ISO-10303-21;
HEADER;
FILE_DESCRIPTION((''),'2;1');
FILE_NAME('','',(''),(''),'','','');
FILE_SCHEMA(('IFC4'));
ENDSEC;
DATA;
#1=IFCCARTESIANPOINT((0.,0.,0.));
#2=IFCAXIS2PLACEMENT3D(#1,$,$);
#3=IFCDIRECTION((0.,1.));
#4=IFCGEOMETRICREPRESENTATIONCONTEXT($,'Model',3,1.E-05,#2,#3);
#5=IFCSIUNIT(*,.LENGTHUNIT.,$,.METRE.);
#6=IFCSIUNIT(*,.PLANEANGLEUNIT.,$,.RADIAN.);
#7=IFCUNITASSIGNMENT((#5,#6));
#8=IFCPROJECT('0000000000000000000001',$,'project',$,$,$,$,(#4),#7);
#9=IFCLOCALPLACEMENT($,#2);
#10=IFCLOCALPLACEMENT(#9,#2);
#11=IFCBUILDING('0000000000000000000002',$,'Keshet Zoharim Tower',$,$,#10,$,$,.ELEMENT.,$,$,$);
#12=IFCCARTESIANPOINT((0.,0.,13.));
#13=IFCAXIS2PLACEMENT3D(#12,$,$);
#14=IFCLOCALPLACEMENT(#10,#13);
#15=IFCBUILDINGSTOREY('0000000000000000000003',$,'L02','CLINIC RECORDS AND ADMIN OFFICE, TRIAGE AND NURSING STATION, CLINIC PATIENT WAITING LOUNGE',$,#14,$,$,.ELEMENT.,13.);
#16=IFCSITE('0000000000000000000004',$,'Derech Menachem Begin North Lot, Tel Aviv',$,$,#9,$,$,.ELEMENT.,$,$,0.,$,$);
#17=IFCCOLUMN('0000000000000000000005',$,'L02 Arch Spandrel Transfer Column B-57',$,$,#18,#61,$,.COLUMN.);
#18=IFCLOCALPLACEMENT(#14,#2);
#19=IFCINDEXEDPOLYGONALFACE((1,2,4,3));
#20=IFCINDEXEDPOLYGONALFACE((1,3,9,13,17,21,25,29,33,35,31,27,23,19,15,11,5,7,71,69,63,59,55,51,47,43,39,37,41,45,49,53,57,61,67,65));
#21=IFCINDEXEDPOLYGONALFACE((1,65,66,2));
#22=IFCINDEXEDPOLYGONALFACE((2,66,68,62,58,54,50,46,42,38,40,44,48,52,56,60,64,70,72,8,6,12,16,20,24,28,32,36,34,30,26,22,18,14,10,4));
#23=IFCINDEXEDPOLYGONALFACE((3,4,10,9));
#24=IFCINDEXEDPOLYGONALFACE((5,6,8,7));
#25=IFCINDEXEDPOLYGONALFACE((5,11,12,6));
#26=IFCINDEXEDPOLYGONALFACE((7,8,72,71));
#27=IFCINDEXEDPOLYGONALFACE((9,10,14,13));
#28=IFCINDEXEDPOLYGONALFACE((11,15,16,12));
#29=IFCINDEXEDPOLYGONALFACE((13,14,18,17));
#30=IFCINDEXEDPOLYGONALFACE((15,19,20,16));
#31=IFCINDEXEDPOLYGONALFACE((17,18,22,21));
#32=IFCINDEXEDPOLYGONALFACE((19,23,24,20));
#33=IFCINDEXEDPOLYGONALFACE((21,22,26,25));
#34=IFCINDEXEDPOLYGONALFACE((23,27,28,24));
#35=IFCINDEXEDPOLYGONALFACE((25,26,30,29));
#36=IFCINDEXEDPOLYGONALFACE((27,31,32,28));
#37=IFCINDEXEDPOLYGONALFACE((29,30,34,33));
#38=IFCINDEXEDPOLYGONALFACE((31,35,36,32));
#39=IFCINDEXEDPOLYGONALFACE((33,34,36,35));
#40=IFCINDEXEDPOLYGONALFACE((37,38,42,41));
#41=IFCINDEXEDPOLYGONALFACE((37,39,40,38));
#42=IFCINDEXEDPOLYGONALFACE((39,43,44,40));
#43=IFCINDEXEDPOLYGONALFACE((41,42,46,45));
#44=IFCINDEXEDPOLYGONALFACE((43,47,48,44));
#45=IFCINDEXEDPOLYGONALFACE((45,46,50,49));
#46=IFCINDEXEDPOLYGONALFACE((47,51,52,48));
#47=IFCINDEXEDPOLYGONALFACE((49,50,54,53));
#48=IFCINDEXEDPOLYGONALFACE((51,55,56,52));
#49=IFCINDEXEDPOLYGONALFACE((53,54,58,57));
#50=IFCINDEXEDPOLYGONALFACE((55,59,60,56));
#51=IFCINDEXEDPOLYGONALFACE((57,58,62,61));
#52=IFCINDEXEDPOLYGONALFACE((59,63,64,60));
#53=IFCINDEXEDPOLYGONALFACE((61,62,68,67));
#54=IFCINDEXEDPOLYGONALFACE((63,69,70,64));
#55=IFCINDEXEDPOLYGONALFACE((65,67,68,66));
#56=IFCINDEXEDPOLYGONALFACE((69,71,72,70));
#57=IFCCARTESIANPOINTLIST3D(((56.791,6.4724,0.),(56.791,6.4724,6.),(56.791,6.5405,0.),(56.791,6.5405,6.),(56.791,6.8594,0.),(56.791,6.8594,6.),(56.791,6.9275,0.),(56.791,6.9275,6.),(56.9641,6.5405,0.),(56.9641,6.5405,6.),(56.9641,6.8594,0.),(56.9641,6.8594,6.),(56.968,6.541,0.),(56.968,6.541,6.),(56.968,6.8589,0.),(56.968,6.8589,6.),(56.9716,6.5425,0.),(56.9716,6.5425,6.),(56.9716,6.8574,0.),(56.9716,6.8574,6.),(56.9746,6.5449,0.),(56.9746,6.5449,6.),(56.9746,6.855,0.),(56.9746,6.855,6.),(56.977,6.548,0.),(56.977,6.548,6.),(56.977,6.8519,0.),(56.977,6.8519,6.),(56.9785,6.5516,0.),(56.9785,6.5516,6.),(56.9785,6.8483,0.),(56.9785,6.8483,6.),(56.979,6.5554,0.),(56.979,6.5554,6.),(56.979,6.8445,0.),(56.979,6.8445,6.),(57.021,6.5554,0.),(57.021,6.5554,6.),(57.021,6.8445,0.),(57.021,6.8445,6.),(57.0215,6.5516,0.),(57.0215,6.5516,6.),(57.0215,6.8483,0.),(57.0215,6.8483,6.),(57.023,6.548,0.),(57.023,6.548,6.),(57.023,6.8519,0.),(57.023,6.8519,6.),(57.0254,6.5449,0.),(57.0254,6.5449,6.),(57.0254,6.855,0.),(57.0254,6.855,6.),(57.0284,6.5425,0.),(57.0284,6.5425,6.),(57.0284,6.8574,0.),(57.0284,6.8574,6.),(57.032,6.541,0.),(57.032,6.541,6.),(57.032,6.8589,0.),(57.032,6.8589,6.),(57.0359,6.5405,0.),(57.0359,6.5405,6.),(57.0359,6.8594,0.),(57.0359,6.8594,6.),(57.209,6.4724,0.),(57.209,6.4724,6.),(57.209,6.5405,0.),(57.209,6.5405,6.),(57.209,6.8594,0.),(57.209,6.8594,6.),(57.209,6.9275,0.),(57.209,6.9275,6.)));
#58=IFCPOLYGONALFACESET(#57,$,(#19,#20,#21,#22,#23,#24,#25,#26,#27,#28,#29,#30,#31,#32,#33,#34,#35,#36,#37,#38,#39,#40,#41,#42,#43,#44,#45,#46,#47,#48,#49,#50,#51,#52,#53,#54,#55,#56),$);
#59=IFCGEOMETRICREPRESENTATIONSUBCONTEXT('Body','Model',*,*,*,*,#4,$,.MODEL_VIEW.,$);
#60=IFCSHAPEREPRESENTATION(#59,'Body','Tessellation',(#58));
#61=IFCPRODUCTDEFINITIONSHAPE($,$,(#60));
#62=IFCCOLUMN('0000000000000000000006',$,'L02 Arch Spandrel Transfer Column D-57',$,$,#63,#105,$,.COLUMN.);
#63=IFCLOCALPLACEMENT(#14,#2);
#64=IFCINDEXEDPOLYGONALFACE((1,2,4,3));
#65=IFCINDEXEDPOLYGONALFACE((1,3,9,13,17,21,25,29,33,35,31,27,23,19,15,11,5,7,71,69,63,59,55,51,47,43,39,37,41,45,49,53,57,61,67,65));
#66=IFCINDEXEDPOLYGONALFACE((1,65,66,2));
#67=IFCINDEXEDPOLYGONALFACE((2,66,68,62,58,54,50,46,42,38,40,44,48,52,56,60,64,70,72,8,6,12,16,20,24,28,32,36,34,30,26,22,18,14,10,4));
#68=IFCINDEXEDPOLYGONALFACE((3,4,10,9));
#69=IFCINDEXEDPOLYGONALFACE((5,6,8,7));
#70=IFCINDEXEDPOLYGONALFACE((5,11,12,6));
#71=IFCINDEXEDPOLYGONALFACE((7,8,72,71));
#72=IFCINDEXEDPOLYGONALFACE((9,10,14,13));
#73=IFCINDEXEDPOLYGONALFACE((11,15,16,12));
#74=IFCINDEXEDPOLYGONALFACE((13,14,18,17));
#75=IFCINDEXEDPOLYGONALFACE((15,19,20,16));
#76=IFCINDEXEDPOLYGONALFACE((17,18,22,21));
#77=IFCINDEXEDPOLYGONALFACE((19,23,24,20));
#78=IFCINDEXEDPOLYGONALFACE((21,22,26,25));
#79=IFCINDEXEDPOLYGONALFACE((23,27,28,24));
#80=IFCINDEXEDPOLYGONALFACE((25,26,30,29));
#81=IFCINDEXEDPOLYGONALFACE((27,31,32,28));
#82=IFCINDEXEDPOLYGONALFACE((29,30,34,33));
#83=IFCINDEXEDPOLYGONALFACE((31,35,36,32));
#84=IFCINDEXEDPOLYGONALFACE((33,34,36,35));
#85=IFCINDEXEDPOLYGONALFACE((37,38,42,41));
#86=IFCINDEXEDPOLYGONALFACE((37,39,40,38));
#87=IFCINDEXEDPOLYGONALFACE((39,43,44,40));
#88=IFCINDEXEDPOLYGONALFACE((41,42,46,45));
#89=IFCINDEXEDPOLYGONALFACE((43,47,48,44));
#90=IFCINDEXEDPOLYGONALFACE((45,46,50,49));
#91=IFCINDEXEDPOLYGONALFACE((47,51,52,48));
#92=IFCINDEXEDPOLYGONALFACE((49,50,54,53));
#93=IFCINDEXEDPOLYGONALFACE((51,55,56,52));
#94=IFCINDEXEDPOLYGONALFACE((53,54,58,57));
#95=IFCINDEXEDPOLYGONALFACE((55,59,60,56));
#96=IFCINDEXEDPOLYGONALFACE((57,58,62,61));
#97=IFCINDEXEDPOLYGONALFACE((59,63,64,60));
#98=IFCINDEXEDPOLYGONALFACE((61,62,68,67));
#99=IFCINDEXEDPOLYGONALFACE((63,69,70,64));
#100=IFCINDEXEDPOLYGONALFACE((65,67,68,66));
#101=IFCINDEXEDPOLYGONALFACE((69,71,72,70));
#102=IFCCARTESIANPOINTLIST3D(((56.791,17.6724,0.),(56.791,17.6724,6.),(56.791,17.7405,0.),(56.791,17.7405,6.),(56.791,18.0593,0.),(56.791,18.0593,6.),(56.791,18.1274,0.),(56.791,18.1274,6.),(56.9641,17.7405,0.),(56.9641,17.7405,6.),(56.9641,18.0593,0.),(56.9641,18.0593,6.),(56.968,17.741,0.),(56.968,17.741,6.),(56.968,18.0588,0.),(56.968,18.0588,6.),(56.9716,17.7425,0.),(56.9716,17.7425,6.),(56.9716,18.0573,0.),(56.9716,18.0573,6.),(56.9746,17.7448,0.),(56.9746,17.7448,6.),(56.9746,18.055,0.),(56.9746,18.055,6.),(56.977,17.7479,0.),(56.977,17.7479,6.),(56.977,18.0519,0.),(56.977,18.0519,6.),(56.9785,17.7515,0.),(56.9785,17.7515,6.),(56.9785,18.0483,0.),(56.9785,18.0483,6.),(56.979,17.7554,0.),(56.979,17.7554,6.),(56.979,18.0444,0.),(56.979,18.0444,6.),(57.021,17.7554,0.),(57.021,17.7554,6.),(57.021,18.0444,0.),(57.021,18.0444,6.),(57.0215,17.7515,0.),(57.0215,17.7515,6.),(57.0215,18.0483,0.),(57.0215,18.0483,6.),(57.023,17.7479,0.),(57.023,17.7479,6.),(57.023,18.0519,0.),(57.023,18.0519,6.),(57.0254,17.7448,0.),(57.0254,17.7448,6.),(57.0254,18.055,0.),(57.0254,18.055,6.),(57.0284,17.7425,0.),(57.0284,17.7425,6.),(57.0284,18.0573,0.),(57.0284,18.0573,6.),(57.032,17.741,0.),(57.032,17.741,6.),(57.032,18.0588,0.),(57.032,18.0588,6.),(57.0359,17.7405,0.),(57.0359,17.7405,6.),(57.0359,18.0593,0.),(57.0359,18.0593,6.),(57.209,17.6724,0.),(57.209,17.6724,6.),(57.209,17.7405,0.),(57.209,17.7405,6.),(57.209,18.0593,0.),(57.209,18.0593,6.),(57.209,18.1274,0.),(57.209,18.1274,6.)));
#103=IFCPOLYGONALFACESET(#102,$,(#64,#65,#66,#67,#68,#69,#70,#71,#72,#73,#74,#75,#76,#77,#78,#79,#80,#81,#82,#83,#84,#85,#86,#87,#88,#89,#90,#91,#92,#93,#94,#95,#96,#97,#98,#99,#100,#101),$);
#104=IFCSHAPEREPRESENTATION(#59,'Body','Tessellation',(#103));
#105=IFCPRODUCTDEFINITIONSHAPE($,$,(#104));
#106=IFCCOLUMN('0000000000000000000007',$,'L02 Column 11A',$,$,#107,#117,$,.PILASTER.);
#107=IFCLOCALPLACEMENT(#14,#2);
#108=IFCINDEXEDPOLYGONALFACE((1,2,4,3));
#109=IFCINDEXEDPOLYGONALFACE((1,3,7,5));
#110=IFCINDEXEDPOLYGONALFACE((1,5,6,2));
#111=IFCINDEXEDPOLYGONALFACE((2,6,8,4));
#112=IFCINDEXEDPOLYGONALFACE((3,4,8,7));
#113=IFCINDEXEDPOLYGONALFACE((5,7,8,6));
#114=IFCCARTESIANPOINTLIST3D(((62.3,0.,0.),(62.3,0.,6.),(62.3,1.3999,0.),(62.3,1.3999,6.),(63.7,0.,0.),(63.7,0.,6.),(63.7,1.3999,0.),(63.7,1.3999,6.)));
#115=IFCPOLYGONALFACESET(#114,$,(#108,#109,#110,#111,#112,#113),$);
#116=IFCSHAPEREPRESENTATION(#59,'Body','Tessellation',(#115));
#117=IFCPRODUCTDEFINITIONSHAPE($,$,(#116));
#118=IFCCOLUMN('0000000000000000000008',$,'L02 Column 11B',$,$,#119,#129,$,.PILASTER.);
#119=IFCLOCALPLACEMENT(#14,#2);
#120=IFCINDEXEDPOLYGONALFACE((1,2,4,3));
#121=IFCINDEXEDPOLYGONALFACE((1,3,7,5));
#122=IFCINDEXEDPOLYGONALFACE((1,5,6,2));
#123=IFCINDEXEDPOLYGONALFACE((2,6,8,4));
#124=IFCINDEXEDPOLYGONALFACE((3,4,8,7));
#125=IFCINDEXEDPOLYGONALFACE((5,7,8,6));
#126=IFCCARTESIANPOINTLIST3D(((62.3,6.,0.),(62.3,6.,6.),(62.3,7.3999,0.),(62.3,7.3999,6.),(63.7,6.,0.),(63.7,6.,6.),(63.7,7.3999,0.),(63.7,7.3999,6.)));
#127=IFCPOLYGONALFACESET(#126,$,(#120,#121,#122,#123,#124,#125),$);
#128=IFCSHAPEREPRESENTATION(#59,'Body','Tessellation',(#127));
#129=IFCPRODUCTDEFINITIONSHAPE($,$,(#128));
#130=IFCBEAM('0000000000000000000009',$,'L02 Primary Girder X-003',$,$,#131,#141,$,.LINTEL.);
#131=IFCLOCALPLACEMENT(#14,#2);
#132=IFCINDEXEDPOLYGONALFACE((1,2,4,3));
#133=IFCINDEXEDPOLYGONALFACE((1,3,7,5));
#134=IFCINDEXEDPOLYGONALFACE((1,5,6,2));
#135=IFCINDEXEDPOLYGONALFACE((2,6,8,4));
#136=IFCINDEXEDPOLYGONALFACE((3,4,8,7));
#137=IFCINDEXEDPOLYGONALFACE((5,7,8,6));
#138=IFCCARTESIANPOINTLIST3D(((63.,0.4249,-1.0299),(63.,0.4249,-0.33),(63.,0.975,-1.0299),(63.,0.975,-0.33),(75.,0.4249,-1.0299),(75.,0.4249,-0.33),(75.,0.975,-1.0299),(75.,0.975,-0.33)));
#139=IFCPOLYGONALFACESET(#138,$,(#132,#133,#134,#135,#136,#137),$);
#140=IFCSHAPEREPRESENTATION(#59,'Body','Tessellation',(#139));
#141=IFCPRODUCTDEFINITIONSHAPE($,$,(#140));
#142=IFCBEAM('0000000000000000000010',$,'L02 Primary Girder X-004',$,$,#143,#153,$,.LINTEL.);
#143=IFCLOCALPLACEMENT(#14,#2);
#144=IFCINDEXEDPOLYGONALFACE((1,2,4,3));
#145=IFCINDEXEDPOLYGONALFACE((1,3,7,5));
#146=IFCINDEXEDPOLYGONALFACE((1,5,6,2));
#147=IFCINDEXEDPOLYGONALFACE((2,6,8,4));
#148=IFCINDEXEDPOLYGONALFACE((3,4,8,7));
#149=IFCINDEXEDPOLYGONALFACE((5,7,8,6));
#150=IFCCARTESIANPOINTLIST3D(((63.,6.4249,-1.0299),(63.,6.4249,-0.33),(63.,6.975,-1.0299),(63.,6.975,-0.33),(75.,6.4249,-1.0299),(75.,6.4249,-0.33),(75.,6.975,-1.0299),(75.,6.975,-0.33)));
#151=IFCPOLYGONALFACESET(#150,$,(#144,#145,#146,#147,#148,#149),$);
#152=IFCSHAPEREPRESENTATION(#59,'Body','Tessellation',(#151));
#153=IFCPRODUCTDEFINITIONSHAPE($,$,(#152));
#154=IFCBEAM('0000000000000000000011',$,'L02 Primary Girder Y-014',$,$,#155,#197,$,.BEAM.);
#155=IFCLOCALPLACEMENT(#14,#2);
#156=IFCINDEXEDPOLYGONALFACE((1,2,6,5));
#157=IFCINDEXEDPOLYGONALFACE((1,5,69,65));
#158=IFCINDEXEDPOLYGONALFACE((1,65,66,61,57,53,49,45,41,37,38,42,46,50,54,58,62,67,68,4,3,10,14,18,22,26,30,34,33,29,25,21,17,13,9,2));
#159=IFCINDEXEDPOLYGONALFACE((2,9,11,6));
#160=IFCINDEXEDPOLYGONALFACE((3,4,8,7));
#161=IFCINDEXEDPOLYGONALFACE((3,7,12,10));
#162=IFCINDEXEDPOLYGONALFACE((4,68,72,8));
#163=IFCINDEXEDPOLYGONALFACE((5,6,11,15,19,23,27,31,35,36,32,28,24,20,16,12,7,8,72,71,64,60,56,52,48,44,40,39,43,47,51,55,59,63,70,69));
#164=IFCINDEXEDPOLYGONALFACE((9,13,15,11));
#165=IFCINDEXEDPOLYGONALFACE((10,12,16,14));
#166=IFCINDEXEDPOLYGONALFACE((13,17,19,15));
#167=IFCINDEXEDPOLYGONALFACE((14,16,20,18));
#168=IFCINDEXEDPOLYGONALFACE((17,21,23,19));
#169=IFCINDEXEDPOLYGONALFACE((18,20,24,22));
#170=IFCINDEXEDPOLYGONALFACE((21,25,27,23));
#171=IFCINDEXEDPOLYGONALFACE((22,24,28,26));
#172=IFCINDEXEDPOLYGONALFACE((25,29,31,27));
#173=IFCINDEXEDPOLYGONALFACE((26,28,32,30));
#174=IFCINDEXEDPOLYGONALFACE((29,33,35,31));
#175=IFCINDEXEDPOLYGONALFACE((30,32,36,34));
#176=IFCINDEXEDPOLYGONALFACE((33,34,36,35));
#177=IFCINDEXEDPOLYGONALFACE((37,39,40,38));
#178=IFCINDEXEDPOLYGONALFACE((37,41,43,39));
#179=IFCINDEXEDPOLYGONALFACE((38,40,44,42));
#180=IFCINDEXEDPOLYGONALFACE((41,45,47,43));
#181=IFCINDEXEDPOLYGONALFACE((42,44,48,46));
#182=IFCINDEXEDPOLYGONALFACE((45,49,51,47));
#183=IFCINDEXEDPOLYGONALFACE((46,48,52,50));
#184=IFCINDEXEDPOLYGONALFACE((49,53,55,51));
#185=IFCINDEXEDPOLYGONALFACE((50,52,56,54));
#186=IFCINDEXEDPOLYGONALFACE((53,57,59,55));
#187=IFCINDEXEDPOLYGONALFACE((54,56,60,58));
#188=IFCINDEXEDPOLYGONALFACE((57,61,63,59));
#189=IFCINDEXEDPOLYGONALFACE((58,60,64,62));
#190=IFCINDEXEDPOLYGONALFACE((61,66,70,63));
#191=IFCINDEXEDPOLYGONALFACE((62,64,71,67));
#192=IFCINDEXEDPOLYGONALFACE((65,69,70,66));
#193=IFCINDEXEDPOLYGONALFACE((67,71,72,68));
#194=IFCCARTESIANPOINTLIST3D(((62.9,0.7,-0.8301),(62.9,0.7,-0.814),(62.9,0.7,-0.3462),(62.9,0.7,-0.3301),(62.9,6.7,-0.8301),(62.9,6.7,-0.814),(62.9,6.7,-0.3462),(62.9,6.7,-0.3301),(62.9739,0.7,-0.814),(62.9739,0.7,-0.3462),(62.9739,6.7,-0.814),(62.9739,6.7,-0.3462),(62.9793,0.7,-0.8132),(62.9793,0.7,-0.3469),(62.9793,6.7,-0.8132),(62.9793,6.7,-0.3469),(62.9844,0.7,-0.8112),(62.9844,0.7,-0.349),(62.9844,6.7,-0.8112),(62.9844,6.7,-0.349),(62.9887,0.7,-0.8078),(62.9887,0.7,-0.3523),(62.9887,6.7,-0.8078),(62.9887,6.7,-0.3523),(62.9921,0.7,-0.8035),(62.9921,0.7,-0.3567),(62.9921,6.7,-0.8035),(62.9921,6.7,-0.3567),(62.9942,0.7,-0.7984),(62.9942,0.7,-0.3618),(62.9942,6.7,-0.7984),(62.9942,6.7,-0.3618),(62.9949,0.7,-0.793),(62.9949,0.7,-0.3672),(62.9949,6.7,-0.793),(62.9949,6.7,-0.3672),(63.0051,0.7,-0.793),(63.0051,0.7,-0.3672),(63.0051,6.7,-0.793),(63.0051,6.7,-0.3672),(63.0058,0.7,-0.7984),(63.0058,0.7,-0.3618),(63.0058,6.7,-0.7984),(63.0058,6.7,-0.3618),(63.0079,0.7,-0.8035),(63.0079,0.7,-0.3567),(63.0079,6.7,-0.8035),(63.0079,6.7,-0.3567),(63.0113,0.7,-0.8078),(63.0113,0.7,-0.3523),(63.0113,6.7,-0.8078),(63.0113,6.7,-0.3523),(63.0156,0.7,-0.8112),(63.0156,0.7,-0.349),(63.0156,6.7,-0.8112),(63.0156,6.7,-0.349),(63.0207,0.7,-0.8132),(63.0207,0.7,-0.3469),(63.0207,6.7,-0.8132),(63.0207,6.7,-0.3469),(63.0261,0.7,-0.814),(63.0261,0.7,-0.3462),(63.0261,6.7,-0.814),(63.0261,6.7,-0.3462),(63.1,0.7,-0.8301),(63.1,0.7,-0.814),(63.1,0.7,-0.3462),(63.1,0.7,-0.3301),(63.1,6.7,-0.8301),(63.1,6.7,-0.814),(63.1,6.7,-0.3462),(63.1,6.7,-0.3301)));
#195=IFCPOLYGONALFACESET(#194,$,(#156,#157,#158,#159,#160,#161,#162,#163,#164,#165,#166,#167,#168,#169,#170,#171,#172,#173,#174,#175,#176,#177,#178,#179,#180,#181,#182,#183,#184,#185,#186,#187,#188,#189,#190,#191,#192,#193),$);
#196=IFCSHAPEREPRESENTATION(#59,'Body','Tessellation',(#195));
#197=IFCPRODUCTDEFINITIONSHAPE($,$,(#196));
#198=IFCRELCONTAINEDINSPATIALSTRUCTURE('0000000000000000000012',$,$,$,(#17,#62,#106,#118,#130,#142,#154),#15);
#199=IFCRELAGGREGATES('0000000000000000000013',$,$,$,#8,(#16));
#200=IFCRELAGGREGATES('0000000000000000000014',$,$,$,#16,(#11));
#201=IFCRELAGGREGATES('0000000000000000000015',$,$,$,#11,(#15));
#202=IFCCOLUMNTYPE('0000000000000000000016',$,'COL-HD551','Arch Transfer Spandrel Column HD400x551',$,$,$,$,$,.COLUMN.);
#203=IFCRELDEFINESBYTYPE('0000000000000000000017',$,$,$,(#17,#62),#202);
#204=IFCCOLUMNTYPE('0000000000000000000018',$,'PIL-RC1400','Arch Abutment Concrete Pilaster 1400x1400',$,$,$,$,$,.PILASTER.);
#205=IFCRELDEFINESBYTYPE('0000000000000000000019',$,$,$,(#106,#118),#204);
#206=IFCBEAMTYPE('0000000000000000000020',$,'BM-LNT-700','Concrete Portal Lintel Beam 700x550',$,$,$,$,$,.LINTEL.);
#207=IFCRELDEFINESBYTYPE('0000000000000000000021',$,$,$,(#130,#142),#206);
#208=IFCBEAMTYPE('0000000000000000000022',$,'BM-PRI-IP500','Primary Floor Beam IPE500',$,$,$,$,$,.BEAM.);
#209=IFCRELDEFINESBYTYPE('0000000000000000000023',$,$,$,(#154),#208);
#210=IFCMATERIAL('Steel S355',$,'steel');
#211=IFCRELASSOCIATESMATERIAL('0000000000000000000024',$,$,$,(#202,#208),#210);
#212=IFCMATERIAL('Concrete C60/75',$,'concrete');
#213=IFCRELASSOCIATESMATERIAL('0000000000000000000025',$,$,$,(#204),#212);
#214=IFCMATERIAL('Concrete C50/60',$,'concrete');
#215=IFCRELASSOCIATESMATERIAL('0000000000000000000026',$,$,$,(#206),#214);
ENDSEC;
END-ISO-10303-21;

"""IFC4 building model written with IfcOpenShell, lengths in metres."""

from ifc_helpers import new_model, si_unit, direction, frame, origin, origin_2d, place, context, subcontext, project, spatial, rectangle, i_section, extrude, material, material_profile, profile_set, type_object, element, save


model = new_model("IFC4")

# Units and contexts
model_context = context("Model", 3, precision=1e-05, world=origin(), true_north=direction((0.0, 1.0)))
body_context = subcontext(model_context, "Body", "Model", "MODEL_VIEW")
ifc_project = project(units=[si_unit("LENGTHUNIT", "METRE"), si_unit("PLANEANGLEUNIT", "RADIAN")], contexts=[model_context])

# Site, building, storey
site_placement = place(None, origin())
site = spatial("IfcSite", under=ifc_project, at=site_placement, Name="Derech Menachem Begin North Lot, Tel Aviv", CompositionType="ELEMENT", RefElevation=0.0)
building_placement = place(site_placement, origin())
building = spatial("IfcBuilding", under=site, at=building_placement, Name="Keshet Zoharim Tower", CompositionType="ELEMENT")
storey_placement = place(building_placement, frame((0.0, 0.0, 13.0)))
storey = spatial("IfcBuildingStorey", under=building, at=storey_placement, Name="L02", Description="CLINIC RECORDS AND ADMIN OFFICE, TRIAGE AND NURSING STATION, CLINIC PATIENT WAITING LOUNGE", CompositionType="ELEMENT", Elevation=13.0)

# Columns
ifc_material_1 = material(Name="Steel S355", Category="steel")
ifc_material_profile_1 = material_profile(ifc_material_1, i_section(OverallWidth=0.418, OverallDepth=0.4551, WebThickness=0.042, FlangeThickness=0.0681, FilletRadius=0.0149, at=origin_2d()), Name="HD400x551")
ifc_profile_set_1 = profile_set([ifc_material_profile_1], Name="Steel S355")
column_type_1 = type_object("IfcColumnType", Name="COL-HD551", Description="Arch Transfer Spandrel Column HD400x551", PredefinedType="COLUMN", material=ifc_profile_set_1)
for number, where, z_axis, x_axis, name in (
    (1, (57.0, 6.7, 0.0), (0.0, 0.0, 1.0), (1.0, 0.0, 0.0), "L02 Arch Spandrel Transfer Column B-57"),
    (2, (57.0, 17.8999, 0.0), (0.0, 0.0, 1.0), (1.0, 0.0, 0.0), "L02 Arch Spandrel Transfer Column D-57"),
):
    element("IfcColumn", number, at=place(storey_placement, frame(where, z_axis=z_axis, x_axis=x_axis)), inside=storey, type_object=column_type_1, Name=name, PredefinedType="COLUMN", context=body_context, shape_type="SweptSolid", body=[
        extrude(i_section(OverallWidth=0.418, OverallDepth=0.4551, WebThickness=0.042, FlangeThickness=0.0681, FilletRadius=0.0149, at=origin_2d()), origin(), (0.0, 0.0, 1.0), 6.0),
    ])
ifc_material_2 = material(Name="Concrete C60/75", Category="concrete")
ifc_material_profile_2 = material_profile(ifc_material_2, rectangle(XDim=1.3999, YDim=1.3999, at=origin_2d()), Name="RC1400x1400")
ifc_profile_set_2 = profile_set([ifc_material_profile_2], Name="Concrete C60/75")
column_type_2 = type_object("IfcColumnType", Name="PIL-RC1400", Description="Arch Abutment Concrete Pilaster 1400x1400", PredefinedType="PILASTER", material=ifc_profile_set_2)
for number, where, z_axis, x_axis, name in (
    (3, (63.0, 0.7, 0.0), (0.0, 0.0, 1.0), (1.0, 0.0, 0.0), "L02 Column 11A"),
    (4, (63.0, 6.7, 0.0), (0.0, 0.0, 1.0), (1.0, 0.0, 0.0), "L02 Column 11B"),
):
    element("IfcColumn", number, at=place(storey_placement, frame(where, z_axis=z_axis, x_axis=x_axis)), inside=storey, type_object=column_type_2, Name=name, PredefinedType="PILASTER", context=body_context, shape_type="SweptSolid", body=[
        extrude(rectangle(XDim=1.3999, YDim=1.3999, at=origin_2d()), origin(), (0.0, 0.0, 1.0), 6.0),
    ])

# Beams
ifc_material_3 = material(Name="Concrete C50/60", Category="concrete")
ifc_material_profile_3 = material_profile(ifc_material_3, rectangle(XDim=0.55, YDim=0.7, at=origin_2d()), Name="RC700x550")
ifc_profile_set_3 = profile_set([ifc_material_profile_3], Name="Concrete C50/60")
beam_type_1 = type_object("IfcBeamType", Name="BM-LNT-700", Description="Concrete Portal Lintel Beam 700x550", PredefinedType="LINTEL", material=ifc_profile_set_3)
for number, where, z_axis, x_axis, name in (
    (5, (63.0, 0.7, -0.6799), (1.0, 0.0, 0.0), (0.0, 1.0, 0.0), "L02 Primary Girder X-003"),
    (6, (63.0, 6.7, -0.6799), (1.0, 0.0, 0.0), (0.0, 1.0, 0.0), "L02 Primary Girder X-004"),
):
    element("IfcBeam", number, at=place(storey_placement, frame(where, z_axis=z_axis, x_axis=x_axis)), inside=storey, type_object=beam_type_1, Name=name, PredefinedType="LINTEL", context=body_context, shape_type="SweptSolid", body=[
        extrude(rectangle(XDim=0.55, YDim=0.7, at=origin_2d()), origin(), (0.0, 0.0, 1.0), 12.0),
    ])
ifc_material_profile_4 = material_profile(ifc_material_1, i_section(OverallWidth=0.2, OverallDepth=0.5, WebThickness=0.0103, FlangeThickness=0.0161, FilletRadius=0.021, at=origin_2d()), Name="IPE500")
ifc_profile_set_4 = profile_set([ifc_material_profile_4], Name="Steel S355")
beam_type_2 = type_object("IfcBeamType", Name="BM-PRI-IP500", Description="Primary Floor Beam IPE500", PredefinedType="BEAM", material=ifc_profile_set_4)
for number, where, z_axis, x_axis, name in (
    (7, (63.0, 0.7, -0.5801), (0.0, 1.0, 0.0), (-1.0, 0.0, 0.0), "L02 Primary Girder Y-014"),
):
    element("IfcBeam", number, at=place(storey_placement, frame(where, z_axis=z_axis, x_axis=x_axis)), inside=storey, type_object=beam_type_2, Name=name, PredefinedType="BEAM", context=body_context, shape_type="SweptSolid", body=[
        extrude(i_section(OverallWidth=0.2, OverallDepth=0.5, WebThickness=0.0103, FlangeThickness=0.0161, FilletRadius=0.021, at=origin_2d()), origin(), (0.0, 0.0, 1.0), 6.0),
    ])

save(model, "model.ifc")
